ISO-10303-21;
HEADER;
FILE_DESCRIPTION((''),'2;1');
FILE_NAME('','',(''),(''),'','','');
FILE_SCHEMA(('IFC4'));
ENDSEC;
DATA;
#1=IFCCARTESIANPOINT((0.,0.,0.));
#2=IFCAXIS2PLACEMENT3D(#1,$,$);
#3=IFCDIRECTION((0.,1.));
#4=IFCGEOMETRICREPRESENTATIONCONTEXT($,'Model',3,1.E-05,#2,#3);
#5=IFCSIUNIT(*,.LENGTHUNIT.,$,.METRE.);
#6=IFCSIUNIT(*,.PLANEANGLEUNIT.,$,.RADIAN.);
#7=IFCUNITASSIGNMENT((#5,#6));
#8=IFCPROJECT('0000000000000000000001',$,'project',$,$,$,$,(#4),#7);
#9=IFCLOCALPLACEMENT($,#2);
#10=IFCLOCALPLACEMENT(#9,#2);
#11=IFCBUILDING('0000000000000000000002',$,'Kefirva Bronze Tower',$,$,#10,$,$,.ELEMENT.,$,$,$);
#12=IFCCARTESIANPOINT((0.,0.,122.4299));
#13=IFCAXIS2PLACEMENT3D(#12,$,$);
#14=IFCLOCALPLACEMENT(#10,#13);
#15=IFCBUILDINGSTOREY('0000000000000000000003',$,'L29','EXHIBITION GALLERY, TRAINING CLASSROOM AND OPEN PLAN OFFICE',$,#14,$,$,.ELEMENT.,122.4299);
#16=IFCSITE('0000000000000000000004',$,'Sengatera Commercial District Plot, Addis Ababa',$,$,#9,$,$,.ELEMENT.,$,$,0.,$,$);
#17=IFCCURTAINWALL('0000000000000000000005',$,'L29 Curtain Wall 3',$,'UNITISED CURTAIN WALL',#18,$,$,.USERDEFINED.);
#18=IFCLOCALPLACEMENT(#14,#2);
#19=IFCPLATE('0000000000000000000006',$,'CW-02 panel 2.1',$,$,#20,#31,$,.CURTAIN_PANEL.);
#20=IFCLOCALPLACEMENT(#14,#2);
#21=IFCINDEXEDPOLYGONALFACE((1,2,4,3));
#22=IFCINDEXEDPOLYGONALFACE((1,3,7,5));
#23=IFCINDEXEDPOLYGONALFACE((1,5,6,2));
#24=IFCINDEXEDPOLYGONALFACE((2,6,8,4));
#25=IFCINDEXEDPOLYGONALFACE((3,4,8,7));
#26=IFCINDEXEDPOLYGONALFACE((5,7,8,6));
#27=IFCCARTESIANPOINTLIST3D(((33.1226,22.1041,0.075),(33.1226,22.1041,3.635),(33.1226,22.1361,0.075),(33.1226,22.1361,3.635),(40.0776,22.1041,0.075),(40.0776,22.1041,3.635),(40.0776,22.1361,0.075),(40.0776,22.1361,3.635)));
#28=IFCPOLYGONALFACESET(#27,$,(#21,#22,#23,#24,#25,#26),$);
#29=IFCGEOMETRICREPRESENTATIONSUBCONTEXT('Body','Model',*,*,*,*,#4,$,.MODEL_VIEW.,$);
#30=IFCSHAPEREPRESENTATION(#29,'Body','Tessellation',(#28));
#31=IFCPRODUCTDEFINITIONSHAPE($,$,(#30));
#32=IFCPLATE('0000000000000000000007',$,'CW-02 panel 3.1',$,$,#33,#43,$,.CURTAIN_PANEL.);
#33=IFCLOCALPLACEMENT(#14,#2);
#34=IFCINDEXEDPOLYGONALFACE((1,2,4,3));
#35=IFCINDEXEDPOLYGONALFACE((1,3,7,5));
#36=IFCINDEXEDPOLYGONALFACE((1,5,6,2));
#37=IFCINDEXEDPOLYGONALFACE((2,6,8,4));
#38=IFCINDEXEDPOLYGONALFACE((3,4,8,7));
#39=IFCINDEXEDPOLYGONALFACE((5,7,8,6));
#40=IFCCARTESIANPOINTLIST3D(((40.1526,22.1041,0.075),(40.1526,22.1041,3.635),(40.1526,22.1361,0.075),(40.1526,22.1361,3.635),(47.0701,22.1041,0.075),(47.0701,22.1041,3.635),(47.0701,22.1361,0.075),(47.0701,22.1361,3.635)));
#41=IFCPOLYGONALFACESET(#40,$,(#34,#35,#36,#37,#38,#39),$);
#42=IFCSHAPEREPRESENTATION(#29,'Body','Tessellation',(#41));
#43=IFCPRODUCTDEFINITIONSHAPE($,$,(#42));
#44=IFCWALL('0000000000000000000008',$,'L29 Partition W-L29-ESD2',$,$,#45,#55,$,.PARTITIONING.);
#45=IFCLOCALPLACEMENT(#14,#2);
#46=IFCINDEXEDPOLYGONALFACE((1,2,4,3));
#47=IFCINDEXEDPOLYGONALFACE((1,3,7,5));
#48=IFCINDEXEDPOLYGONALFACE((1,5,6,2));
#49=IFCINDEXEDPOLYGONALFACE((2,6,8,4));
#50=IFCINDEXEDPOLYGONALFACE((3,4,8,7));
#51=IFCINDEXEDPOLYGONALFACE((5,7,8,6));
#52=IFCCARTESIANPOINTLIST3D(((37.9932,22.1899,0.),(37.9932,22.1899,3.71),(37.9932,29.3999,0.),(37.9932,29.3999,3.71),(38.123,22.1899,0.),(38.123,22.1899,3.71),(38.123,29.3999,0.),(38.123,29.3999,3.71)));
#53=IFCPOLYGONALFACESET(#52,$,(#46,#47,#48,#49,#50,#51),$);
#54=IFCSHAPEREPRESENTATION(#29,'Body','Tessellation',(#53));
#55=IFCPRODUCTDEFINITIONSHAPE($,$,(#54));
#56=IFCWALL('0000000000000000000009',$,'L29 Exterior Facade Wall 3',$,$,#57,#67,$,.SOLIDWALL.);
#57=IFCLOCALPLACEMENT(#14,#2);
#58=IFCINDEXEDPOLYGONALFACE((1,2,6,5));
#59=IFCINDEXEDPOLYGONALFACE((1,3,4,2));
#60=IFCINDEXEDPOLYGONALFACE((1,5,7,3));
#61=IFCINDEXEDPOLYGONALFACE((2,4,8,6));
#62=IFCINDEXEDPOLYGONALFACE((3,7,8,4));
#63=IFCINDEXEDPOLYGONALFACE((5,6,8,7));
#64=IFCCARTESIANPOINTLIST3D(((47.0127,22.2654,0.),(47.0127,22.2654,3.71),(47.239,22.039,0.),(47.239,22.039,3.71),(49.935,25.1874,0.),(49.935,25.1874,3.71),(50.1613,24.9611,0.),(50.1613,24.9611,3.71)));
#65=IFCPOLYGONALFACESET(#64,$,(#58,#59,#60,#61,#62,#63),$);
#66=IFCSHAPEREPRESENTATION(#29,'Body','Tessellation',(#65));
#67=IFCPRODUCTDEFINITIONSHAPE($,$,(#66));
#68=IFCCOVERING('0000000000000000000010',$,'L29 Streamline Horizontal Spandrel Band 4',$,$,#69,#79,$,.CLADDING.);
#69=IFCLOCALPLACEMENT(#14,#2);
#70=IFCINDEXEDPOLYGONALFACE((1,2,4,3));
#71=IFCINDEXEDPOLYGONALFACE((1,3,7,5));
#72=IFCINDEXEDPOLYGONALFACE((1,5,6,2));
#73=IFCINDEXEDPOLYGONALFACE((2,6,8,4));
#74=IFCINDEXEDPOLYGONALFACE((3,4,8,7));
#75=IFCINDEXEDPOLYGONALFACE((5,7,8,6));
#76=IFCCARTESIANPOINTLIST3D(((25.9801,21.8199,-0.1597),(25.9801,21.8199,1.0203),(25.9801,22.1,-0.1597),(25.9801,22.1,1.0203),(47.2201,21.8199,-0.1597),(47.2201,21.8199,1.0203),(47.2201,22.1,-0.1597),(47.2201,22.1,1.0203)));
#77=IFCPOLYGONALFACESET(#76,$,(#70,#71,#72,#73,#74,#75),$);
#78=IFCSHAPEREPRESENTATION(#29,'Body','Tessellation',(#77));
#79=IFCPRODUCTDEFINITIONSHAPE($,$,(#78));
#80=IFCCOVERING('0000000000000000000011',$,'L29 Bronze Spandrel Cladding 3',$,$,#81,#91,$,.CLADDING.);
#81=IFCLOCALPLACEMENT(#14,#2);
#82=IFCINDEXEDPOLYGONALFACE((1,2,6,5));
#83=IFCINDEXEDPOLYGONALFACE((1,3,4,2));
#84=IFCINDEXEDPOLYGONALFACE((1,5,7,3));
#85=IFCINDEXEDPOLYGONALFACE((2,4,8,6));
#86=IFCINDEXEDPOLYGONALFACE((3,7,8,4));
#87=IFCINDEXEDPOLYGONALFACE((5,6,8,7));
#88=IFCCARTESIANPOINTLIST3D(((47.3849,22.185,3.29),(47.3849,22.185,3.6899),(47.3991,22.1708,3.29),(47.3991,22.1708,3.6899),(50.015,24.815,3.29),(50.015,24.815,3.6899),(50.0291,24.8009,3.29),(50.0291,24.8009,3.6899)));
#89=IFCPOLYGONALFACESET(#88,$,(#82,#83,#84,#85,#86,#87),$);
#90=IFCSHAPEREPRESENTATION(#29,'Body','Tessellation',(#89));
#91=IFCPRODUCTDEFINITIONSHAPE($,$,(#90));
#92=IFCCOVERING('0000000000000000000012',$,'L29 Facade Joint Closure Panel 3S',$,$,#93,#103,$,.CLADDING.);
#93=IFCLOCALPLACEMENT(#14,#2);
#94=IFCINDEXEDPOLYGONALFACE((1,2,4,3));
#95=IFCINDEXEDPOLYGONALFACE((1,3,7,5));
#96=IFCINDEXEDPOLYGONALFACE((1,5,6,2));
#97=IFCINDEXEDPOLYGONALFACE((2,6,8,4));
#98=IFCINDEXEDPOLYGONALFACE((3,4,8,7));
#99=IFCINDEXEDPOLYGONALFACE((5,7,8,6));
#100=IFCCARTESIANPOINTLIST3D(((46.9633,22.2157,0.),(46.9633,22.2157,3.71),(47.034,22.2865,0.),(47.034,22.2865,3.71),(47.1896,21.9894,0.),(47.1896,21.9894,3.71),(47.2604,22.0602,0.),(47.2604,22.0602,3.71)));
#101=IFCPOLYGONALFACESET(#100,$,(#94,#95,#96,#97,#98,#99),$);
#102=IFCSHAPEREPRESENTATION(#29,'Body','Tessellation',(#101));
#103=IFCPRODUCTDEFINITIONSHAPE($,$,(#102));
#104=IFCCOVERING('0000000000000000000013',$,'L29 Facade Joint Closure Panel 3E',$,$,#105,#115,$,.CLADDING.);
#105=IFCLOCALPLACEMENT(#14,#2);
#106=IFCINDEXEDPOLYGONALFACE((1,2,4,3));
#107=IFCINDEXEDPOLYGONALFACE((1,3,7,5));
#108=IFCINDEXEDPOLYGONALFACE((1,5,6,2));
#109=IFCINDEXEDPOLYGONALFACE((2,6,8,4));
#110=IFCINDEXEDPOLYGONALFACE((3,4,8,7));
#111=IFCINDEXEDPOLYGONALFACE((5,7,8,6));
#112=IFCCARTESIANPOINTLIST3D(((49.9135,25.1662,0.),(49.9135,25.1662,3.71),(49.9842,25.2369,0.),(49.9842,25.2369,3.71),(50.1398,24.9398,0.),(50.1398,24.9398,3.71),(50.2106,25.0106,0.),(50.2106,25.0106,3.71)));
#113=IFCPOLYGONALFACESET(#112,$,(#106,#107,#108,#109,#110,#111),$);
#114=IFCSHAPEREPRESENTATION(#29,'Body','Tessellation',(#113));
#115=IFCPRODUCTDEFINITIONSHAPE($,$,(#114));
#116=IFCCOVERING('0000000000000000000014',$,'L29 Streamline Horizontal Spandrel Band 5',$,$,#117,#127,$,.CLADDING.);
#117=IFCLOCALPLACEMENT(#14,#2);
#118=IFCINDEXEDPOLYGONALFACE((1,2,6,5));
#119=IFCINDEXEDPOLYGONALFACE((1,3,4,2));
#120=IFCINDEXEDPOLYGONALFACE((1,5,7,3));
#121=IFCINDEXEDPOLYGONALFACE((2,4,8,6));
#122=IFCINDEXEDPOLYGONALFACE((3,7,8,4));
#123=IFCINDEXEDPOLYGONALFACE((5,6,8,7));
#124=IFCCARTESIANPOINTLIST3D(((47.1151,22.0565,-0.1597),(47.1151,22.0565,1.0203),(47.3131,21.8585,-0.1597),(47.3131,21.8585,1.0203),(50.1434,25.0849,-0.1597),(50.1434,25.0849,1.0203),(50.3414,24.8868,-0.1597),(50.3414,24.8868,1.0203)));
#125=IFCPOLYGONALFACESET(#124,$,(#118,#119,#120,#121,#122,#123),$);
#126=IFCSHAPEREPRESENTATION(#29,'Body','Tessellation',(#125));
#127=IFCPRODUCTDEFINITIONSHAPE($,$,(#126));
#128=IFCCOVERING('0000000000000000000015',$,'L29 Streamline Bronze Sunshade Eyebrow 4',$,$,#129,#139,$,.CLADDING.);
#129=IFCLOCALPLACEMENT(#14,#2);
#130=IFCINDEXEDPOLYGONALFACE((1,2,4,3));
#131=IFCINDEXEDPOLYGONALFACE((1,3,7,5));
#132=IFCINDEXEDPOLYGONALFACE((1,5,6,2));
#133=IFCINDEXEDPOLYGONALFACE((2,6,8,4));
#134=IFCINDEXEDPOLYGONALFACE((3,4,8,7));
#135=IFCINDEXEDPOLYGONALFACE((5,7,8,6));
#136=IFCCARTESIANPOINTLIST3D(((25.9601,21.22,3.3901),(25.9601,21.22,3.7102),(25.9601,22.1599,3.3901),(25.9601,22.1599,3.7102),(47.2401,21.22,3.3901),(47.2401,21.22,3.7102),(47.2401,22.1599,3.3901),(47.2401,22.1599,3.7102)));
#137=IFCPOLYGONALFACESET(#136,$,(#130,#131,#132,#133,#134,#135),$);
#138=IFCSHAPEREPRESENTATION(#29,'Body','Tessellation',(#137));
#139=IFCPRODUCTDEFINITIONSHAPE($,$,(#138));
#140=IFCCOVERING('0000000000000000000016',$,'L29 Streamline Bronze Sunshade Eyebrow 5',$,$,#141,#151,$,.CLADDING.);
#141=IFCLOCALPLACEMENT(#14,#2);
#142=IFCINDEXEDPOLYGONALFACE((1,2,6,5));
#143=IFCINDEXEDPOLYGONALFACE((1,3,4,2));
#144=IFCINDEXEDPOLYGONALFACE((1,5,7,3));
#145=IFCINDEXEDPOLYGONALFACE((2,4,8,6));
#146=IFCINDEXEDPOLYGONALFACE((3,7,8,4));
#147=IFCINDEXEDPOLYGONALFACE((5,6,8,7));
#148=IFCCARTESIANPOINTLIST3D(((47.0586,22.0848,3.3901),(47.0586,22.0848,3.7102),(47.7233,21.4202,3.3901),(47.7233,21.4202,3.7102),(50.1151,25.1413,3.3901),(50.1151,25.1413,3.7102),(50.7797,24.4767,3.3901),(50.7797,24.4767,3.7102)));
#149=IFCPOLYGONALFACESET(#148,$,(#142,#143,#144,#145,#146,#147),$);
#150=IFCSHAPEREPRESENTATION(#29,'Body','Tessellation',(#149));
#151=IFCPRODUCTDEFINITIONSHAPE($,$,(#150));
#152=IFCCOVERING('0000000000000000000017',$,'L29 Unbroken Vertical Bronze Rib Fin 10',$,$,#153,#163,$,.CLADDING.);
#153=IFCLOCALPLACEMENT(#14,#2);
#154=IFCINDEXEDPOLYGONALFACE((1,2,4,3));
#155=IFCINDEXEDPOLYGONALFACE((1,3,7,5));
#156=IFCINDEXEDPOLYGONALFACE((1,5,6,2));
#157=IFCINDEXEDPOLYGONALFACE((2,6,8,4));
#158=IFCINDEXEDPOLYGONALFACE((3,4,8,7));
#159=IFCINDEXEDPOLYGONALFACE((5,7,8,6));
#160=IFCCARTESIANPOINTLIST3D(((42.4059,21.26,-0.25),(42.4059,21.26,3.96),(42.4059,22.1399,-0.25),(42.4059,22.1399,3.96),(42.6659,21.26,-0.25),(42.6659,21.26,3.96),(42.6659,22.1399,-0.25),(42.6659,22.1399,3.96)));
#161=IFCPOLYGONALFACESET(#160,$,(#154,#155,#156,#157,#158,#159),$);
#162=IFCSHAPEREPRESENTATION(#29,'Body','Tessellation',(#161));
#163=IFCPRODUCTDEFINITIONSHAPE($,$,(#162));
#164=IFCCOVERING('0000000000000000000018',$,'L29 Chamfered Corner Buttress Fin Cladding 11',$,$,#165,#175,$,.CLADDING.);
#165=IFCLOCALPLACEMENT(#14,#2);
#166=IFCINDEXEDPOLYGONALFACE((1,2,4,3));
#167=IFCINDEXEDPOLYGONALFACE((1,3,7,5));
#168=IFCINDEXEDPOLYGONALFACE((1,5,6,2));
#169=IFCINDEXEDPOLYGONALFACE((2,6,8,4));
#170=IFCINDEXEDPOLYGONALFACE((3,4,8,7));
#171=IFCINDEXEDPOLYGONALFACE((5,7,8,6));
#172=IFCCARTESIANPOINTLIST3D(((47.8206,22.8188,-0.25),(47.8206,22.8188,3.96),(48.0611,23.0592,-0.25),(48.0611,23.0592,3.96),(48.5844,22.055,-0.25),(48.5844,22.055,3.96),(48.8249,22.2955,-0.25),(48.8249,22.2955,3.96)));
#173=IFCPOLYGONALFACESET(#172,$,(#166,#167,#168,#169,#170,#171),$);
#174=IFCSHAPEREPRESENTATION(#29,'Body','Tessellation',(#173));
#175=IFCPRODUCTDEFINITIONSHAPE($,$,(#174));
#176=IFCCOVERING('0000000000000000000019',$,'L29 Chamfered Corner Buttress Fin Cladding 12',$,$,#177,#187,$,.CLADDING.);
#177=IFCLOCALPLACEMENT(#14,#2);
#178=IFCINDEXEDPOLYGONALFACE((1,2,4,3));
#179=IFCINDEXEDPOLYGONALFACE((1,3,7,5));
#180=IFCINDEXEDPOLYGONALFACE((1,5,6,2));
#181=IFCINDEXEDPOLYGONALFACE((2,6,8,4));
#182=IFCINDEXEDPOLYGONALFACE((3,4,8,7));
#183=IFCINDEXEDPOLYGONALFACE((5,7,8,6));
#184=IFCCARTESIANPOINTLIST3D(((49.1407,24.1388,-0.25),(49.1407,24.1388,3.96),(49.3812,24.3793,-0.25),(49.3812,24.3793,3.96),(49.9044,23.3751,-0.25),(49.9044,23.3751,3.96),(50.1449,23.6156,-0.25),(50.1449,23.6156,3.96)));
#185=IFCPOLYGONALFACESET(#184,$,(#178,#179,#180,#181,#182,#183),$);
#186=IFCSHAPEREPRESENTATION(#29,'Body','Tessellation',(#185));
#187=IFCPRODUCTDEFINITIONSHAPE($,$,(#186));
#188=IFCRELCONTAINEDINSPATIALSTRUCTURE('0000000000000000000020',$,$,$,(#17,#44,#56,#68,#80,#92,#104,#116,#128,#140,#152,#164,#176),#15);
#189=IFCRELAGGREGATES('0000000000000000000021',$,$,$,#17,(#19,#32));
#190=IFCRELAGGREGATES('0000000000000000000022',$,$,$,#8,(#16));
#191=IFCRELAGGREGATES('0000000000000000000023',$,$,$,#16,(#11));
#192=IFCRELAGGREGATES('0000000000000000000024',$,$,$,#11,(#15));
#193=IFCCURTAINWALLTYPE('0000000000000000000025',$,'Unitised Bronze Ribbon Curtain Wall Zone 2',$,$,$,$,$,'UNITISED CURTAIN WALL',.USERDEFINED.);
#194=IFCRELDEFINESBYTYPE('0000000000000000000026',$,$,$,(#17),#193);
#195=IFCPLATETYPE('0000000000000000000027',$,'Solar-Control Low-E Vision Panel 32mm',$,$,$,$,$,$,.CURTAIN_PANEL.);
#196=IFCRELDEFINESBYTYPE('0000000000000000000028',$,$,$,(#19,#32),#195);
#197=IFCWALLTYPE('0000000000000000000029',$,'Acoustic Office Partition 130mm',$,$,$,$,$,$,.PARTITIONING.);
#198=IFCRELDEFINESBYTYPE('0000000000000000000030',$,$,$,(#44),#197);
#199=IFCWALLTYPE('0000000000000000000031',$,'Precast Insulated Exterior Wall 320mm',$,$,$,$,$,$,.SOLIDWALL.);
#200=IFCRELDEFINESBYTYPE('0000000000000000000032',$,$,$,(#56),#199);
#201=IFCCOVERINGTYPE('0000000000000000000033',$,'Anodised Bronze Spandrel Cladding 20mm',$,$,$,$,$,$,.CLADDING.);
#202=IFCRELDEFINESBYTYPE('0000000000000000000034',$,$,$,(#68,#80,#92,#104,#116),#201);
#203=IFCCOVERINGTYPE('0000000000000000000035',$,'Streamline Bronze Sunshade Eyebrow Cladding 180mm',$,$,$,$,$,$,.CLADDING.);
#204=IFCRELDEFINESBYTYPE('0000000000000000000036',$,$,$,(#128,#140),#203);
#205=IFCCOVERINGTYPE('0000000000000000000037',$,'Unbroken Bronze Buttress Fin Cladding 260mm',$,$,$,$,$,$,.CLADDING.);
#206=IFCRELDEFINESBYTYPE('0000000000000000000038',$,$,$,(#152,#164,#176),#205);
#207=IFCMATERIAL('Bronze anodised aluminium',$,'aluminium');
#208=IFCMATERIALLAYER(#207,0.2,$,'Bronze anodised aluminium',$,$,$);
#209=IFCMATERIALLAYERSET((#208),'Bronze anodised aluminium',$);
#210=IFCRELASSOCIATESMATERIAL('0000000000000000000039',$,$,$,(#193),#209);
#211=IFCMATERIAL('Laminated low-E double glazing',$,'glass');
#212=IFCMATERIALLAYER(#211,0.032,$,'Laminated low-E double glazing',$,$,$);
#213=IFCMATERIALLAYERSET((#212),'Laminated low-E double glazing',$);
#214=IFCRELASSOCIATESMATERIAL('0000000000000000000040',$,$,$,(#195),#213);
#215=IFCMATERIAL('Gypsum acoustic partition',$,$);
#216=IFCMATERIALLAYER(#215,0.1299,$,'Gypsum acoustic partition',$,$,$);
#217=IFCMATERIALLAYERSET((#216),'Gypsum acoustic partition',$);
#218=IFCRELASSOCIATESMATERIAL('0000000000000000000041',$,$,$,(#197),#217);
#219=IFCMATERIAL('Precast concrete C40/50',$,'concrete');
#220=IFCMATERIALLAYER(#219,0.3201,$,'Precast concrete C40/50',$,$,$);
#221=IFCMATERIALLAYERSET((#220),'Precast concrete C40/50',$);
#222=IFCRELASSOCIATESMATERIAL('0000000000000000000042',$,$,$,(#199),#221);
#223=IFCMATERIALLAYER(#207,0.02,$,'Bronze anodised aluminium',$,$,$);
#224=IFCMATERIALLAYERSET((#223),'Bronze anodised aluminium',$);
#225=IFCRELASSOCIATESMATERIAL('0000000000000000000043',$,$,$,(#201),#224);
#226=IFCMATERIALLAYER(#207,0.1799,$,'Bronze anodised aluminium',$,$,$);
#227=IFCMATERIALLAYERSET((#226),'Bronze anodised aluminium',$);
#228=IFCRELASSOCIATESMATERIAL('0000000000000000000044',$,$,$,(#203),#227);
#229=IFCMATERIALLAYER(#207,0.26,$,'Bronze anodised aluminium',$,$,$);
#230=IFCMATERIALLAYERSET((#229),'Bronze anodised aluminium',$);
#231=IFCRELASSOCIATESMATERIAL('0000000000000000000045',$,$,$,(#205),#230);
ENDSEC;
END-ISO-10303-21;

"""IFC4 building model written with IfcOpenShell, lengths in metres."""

from ifc_helpers import new_model, si_unit, direction, frame, frame_2d, origin, origin_2d, place, context, subcontext, project, spatial, rectangle, extrude, material, layer, layer_set, type_object, element, aggregate, save


model = new_model("IFC4")

# Units and contexts
model_context = context("Model", 3, precision=1e-05, world=origin(), true_north=direction((0.0, 1.0)))
body_context = subcontext(model_context, "Body", "Model", "MODEL_VIEW")
ifc_project = project(units=[si_unit("LENGTHUNIT", "METRE"), si_unit("PLANEANGLEUNIT", "RADIAN")], contexts=[model_context])

# Site, building, storey
site_placement = place(None, origin())
site = spatial("IfcSite", under=ifc_project, at=site_placement, Name="Sengatera Commercial District Plot, Addis Ababa", CompositionType="ELEMENT", RefElevation=0.0)
building_placement = place(site_placement, origin())
building = spatial("IfcBuilding", under=site, at=building_placement, Name="Kefirva Bronze Tower", CompositionType="ELEMENT")
storey_placement = place(building_placement, frame((0.0, 0.0, 122.4299)))
storey = spatial("IfcBuildingStorey", under=building, at=storey_placement, Name="L29", Description="EXHIBITION GALLERY, TRAINING CLASSROOM AND OPEN PLAN OFFICE", CompositionType="ELEMENT", Elevation=122.4299)

# Curtain wall
ifc_material_1 = material(Name="Bronze anodised aluminium", Category="aluminium")
ifc_layer_1 = layer(ifc_material_1, 0.2, Name="Bronze anodised aluminium")
ifc_layer_set_1 = layer_set([ifc_layer_1], Name="Bronze anodised aluminium")
curtain_wall_type = type_object("IfcCurtainWallType", Name="Unitised Bronze Ribbon Curtain Wall Zone 2", ElementType="UNITISED CURTAIN WALL", PredefinedType="USERDEFINED", material=ifc_layer_set_1)
curtain_wall_1_placement = place(storey_placement, origin())
curtain_wall_1 = element("IfcCurtainWall", 1, at=curtain_wall_1_placement, inside=storey, type_object=curtain_wall_type, Name="L29 Curtain Wall 3", ObjectType="UNITISED CURTAIN WALL", PredefinedType="USERDEFINED")

# Plates
ifc_material_2 = material(Name="Laminated low-E double glazing", Category="glass")
ifc_layer_2 = layer(ifc_material_2, 0.032, Name="Laminated low-E double glazing")
ifc_layer_set_2 = layer_set([ifc_layer_2], Name="Laminated low-E double glazing")
plate_type = type_object("IfcPlateType", Name="Solar-Control Low-E Vision Panel 32mm", PredefinedType="CURTAIN_PANEL", material=ifc_layer_set_2)
plate_1_placement = place(storey_placement, frame((36.6001, 22.1201, 0.075), z_axis=(0.0, 0.0, 1.0), x_axis=(1.0, 0.0, 0.0)))
plate_1 = element("IfcPlate", 2, at=plate_1_placement, type_object=plate_type, Name="CW-02 panel 2.1", PredefinedType="CURTAIN_PANEL", context=body_context, shape_type="SweptSolid", body=[
    extrude(rectangle(XDim=6.9551, YDim=0.032, at=origin_2d()), origin(), (0.0, 0.0, 1.0), 3.5601),
])
plate_2_placement = place(storey_placement, frame((43.6113, 22.1201, 0.075), z_axis=(0.0, 0.0, 1.0), x_axis=(1.0, 0.0, 0.0)))
plate_2 = element("IfcPlate", 3, at=plate_2_placement, type_object=plate_type, Name="CW-02 panel 3.1", PredefinedType="CURTAIN_PANEL", context=body_context, shape_type="SweptSolid", body=[
    extrude(rectangle(XDim=6.9175, YDim=0.032, at=origin_2d()), origin(), (0.0, 0.0, 1.0), 3.5601),
])
aggregate(curtain_wall_1, [plate_1, plate_2])

# Walls
ifc_material_3 = material(Name="Gypsum acoustic partition")
ifc_layer_3 = layer(ifc_material_3, 0.1299, Name="Gypsum acoustic partition")
ifc_layer_set_3 = layer_set([ifc_layer_3], Name="Gypsum acoustic partition")
wall_type_1 = type_object("IfcWallType", Name="Acoustic Office Partition 130mm", PredefinedType="PARTITIONING", material=ifc_layer_set_3)
wall_1_placement = place(storey_placement, frame((38.0581, 22.1899, 0.0), z_axis=(0.0, 0.0, 1.0), x_axis=(0.0, 1.0, 0.0)))
element("IfcWall", 4, at=wall_1_placement, inside=storey, type_object=wall_type_1, Name="L29 Partition W-L29-ESD2", PredefinedType="PARTITIONING", context=body_context, shape_type="SweptSolid", body=[
    extrude(rectangle(XDim=7.21, YDim=0.1299, at=frame_2d((3.605, 0.0))), origin(), (0.0, 0.0, 1.0), 3.71),
])
ifc_material_4 = material(Name="Precast concrete C40/50", Category="concrete")
ifc_layer_4 = layer(ifc_material_4, 0.3201, Name="Precast concrete C40/50")
ifc_layer_set_4 = layer_set([ifc_layer_4], Name="Precast concrete C40/50")
wall_type_2 = type_object("IfcWallType", Name="Precast Insulated Exterior Wall 320mm", PredefinedType="SOLIDWALL", material=ifc_layer_set_4)
wall_2_placement = place(storey_placement, frame((47.1257, 22.1521, 0.0), z_axis=(0.0, 0.0, 1.0), x_axis=(0.707136, 0.707077, 0.0)))
element("IfcWall", 5, at=wall_2_placement, inside=storey, type_object=wall_type_2, Name="L29 Exterior Facade Wall 3", PredefinedType="SOLIDWALL", context=body_context, shape_type="SweptSolid", body=[
    extrude(rectangle(XDim=4.1326, YDim=0.3201, at=frame_2d((2.0664, 0.0))), origin(), (0.0, 0.0, 1.0), 3.71),
])

# Coverings
ifc_layer_5 = layer(ifc_material_1, 0.02, Name="Bronze anodised aluminium")
ifc_layer_set_5 = layer_set([ifc_layer_5], Name="Bronze anodised aluminium")
covering_type_1 = type_object("IfcCoveringType", Name="Anodised Bronze Spandrel Cladding 20mm", PredefinedType="CLADDING", material=ifc_layer_set_5)
covering_1_placement = place(storey_placement, frame((36.6001, 21.96, -0.1597), z_axis=(0.0, 0.0, 1.0), x_axis=(1.0, 0.0, 0.0)))
element("IfcCovering", 6, at=covering_1_placement, inside=storey, type_object=covering_type_1, Name="L29 Streamline Horizontal Spandrel Band 4", PredefinedType="CLADDING", context=body_context, shape_type="SweptSolid", body=[
    extrude(rectangle(XDim=21.24, YDim=0.28, at=origin_2d()), origin(), (0.0, 0.0, 1.0), 1.1799),
])
covering_2_placement = place(storey_placement, frame((48.707, 23.4929, 3.29), z_axis=(0.0, 0.0, 1.0), x_axis=(0.707107, 0.707107, 0.0)))
element("IfcCovering", 7, at=covering_2_placement, inside=storey, type_object=covering_type_1, Name="L29 Bronze Spandrel Cladding 3", PredefinedType="CLADDING", context=body_context, shape_type="SweptSolid", body=[
    extrude(rectangle(XDim=3.7195, YDim=0.02, at=origin_2d()), origin(), (0.0, 0.0, 1.0), 0.3999),
])
for number, where, z_axis, x_axis, name in (
    (8, (47.1118, 22.1379, 0.0), (0.0, 0.0, 1.0), (0.707107, 0.707107, 0.0), "L29 Facade Joint Closure Panel 3S"),
    (9, (50.062, 25.0884, 0.0), (0.0, 0.0, 1.0), (0.707107, 0.707107, 0.0), "L29 Facade Joint Closure Panel 3E"),
):
    element("IfcCovering", number, at=place(storey_placement, frame(where, z_axis=z_axis, x_axis=x_axis)), inside=storey, type_object=covering_type_1, Name=name, PredefinedType="CLADDING", context=body_context, shape_type="SweptSolid", body=[
        extrude(rectangle(XDim=0.1001, YDim=0.3201, at=origin_2d()), origin(), (0.0, 0.0, 1.0), 3.71),
    ])
covering_3_placement = place(storey_placement, frame((48.7283, 23.4717, -0.1597), z_axis=(0.0, 0.0, 1.0), x_axis=(0.707107, 0.707107, 0.0)))
element("IfcCovering", 10, at=covering_3_placement, inside=storey, type_object=covering_type_1, Name="L29 Streamline Horizontal Spandrel Band 5", PredefinedType="CLADDING", context=body_context, shape_type="SweptSolid", body=[
    extrude(rectangle(XDim=4.2827, YDim=0.28, at=origin_2d()), origin(), (0.0, 0.0, 1.0), 1.1799),
])
ifc_layer_6 = layer(ifc_material_1, 0.1799, Name="Bronze anodised aluminium")
ifc_layer_set_6 = layer_set([ifc_layer_6], Name="Bronze anodised aluminium")
covering_type_2 = type_object("IfcCoveringType", Name="Streamline Bronze Sunshade Eyebrow Cladding 180mm", PredefinedType="CLADDING", material=ifc_layer_set_6)
covering_4_placement = place(storey_placement, frame((36.6001, 21.6899, 3.3901), z_axis=(0.0, 0.0, 1.0), x_axis=(1.0, 0.0, 0.0)))
element("IfcCovering", 11, at=covering_4_placement, inside=storey, type_object=covering_type_2, Name="L29 Streamline Bronze Sunshade Eyebrow 4", PredefinedType="CLADDING", context=body_context, shape_type="SweptSolid", body=[
    extrude(rectangle(XDim=21.28, YDim=0.9399, at=origin_2d()), origin(), (0.0, 0.0, 1.0), 0.3201),
])
covering_5_placement = place(storey_placement, frame((48.9192, 23.2808, 3.3901), z_axis=(0.0, 0.0, 1.0), x_axis=(0.707107, 0.707107, 0.0)))
element("IfcCovering", 12, at=covering_5_placement, inside=storey, type_object=covering_type_2, Name="L29 Streamline Bronze Sunshade Eyebrow 5", PredefinedType="CLADDING", context=body_context, shape_type="SweptSolid", body=[
    extrude(rectangle(XDim=4.3225, YDim=0.9399, at=origin_2d()), origin(), (0.0, 0.0, 1.0), 0.3201),
])
ifc_layer_7 = layer(ifc_material_1, 0.26, Name="Bronze anodised aluminium")
ifc_layer_set_7 = layer_set([ifc_layer_7], Name="Bronze anodised aluminium")
covering_type_3 = type_object("IfcCoveringType", Name="Unbroken Bronze Buttress Fin Cladding 260mm", PredefinedType="CLADDING", material=ifc_layer_set_7)
covering_6_placement = place(storey_placement, frame((42.5359, 21.7, -0.25), z_axis=(0.0, 0.0, 1.0), x_axis=(1.0, 0.0, 0.0)))
element("IfcCovering", 13, at=covering_6_placement, inside=storey, type_object=covering_type_3, Name="L29 Unbroken Vertical Bronze Rib Fin 10", PredefinedType="CLADDING", context=body_context, shape_type="SweptSolid", body=[
    extrude(rectangle(XDim=0.26, YDim=0.8799, at=origin_2d()), origin(), (0.0, 0.0, 1.0), 4.21),
])
for number, where, z_axis, x_axis, name in (
    (14, (48.3228, 22.5571, -0.25), (0.0, 0.0, 1.0), (0.707107, 0.707107, 0.0), "L29 Chamfered Corner Buttress Fin Cladding 11"),
    (15, (49.6428, 23.8772, -0.25), (0.0, 0.0, 1.0), (0.707107, 0.707107, 0.0), "L29 Chamfered Corner Buttress Fin Cladding 12"),
):
    element("IfcCovering", number, at=place(storey_placement, frame(where, z_axis=z_axis, x_axis=x_axis)), inside=storey, type_object=covering_type_3, Name=name, PredefinedType="CLADDING", context=body_context, shape_type="SweptSolid", body=[
        extrude(rectangle(XDim=0.3401, YDim=1.0801, at=origin_2d()), origin(), (0.0, 0.0, 1.0), 4.21),
    ])

save(model, "model.ifc")
